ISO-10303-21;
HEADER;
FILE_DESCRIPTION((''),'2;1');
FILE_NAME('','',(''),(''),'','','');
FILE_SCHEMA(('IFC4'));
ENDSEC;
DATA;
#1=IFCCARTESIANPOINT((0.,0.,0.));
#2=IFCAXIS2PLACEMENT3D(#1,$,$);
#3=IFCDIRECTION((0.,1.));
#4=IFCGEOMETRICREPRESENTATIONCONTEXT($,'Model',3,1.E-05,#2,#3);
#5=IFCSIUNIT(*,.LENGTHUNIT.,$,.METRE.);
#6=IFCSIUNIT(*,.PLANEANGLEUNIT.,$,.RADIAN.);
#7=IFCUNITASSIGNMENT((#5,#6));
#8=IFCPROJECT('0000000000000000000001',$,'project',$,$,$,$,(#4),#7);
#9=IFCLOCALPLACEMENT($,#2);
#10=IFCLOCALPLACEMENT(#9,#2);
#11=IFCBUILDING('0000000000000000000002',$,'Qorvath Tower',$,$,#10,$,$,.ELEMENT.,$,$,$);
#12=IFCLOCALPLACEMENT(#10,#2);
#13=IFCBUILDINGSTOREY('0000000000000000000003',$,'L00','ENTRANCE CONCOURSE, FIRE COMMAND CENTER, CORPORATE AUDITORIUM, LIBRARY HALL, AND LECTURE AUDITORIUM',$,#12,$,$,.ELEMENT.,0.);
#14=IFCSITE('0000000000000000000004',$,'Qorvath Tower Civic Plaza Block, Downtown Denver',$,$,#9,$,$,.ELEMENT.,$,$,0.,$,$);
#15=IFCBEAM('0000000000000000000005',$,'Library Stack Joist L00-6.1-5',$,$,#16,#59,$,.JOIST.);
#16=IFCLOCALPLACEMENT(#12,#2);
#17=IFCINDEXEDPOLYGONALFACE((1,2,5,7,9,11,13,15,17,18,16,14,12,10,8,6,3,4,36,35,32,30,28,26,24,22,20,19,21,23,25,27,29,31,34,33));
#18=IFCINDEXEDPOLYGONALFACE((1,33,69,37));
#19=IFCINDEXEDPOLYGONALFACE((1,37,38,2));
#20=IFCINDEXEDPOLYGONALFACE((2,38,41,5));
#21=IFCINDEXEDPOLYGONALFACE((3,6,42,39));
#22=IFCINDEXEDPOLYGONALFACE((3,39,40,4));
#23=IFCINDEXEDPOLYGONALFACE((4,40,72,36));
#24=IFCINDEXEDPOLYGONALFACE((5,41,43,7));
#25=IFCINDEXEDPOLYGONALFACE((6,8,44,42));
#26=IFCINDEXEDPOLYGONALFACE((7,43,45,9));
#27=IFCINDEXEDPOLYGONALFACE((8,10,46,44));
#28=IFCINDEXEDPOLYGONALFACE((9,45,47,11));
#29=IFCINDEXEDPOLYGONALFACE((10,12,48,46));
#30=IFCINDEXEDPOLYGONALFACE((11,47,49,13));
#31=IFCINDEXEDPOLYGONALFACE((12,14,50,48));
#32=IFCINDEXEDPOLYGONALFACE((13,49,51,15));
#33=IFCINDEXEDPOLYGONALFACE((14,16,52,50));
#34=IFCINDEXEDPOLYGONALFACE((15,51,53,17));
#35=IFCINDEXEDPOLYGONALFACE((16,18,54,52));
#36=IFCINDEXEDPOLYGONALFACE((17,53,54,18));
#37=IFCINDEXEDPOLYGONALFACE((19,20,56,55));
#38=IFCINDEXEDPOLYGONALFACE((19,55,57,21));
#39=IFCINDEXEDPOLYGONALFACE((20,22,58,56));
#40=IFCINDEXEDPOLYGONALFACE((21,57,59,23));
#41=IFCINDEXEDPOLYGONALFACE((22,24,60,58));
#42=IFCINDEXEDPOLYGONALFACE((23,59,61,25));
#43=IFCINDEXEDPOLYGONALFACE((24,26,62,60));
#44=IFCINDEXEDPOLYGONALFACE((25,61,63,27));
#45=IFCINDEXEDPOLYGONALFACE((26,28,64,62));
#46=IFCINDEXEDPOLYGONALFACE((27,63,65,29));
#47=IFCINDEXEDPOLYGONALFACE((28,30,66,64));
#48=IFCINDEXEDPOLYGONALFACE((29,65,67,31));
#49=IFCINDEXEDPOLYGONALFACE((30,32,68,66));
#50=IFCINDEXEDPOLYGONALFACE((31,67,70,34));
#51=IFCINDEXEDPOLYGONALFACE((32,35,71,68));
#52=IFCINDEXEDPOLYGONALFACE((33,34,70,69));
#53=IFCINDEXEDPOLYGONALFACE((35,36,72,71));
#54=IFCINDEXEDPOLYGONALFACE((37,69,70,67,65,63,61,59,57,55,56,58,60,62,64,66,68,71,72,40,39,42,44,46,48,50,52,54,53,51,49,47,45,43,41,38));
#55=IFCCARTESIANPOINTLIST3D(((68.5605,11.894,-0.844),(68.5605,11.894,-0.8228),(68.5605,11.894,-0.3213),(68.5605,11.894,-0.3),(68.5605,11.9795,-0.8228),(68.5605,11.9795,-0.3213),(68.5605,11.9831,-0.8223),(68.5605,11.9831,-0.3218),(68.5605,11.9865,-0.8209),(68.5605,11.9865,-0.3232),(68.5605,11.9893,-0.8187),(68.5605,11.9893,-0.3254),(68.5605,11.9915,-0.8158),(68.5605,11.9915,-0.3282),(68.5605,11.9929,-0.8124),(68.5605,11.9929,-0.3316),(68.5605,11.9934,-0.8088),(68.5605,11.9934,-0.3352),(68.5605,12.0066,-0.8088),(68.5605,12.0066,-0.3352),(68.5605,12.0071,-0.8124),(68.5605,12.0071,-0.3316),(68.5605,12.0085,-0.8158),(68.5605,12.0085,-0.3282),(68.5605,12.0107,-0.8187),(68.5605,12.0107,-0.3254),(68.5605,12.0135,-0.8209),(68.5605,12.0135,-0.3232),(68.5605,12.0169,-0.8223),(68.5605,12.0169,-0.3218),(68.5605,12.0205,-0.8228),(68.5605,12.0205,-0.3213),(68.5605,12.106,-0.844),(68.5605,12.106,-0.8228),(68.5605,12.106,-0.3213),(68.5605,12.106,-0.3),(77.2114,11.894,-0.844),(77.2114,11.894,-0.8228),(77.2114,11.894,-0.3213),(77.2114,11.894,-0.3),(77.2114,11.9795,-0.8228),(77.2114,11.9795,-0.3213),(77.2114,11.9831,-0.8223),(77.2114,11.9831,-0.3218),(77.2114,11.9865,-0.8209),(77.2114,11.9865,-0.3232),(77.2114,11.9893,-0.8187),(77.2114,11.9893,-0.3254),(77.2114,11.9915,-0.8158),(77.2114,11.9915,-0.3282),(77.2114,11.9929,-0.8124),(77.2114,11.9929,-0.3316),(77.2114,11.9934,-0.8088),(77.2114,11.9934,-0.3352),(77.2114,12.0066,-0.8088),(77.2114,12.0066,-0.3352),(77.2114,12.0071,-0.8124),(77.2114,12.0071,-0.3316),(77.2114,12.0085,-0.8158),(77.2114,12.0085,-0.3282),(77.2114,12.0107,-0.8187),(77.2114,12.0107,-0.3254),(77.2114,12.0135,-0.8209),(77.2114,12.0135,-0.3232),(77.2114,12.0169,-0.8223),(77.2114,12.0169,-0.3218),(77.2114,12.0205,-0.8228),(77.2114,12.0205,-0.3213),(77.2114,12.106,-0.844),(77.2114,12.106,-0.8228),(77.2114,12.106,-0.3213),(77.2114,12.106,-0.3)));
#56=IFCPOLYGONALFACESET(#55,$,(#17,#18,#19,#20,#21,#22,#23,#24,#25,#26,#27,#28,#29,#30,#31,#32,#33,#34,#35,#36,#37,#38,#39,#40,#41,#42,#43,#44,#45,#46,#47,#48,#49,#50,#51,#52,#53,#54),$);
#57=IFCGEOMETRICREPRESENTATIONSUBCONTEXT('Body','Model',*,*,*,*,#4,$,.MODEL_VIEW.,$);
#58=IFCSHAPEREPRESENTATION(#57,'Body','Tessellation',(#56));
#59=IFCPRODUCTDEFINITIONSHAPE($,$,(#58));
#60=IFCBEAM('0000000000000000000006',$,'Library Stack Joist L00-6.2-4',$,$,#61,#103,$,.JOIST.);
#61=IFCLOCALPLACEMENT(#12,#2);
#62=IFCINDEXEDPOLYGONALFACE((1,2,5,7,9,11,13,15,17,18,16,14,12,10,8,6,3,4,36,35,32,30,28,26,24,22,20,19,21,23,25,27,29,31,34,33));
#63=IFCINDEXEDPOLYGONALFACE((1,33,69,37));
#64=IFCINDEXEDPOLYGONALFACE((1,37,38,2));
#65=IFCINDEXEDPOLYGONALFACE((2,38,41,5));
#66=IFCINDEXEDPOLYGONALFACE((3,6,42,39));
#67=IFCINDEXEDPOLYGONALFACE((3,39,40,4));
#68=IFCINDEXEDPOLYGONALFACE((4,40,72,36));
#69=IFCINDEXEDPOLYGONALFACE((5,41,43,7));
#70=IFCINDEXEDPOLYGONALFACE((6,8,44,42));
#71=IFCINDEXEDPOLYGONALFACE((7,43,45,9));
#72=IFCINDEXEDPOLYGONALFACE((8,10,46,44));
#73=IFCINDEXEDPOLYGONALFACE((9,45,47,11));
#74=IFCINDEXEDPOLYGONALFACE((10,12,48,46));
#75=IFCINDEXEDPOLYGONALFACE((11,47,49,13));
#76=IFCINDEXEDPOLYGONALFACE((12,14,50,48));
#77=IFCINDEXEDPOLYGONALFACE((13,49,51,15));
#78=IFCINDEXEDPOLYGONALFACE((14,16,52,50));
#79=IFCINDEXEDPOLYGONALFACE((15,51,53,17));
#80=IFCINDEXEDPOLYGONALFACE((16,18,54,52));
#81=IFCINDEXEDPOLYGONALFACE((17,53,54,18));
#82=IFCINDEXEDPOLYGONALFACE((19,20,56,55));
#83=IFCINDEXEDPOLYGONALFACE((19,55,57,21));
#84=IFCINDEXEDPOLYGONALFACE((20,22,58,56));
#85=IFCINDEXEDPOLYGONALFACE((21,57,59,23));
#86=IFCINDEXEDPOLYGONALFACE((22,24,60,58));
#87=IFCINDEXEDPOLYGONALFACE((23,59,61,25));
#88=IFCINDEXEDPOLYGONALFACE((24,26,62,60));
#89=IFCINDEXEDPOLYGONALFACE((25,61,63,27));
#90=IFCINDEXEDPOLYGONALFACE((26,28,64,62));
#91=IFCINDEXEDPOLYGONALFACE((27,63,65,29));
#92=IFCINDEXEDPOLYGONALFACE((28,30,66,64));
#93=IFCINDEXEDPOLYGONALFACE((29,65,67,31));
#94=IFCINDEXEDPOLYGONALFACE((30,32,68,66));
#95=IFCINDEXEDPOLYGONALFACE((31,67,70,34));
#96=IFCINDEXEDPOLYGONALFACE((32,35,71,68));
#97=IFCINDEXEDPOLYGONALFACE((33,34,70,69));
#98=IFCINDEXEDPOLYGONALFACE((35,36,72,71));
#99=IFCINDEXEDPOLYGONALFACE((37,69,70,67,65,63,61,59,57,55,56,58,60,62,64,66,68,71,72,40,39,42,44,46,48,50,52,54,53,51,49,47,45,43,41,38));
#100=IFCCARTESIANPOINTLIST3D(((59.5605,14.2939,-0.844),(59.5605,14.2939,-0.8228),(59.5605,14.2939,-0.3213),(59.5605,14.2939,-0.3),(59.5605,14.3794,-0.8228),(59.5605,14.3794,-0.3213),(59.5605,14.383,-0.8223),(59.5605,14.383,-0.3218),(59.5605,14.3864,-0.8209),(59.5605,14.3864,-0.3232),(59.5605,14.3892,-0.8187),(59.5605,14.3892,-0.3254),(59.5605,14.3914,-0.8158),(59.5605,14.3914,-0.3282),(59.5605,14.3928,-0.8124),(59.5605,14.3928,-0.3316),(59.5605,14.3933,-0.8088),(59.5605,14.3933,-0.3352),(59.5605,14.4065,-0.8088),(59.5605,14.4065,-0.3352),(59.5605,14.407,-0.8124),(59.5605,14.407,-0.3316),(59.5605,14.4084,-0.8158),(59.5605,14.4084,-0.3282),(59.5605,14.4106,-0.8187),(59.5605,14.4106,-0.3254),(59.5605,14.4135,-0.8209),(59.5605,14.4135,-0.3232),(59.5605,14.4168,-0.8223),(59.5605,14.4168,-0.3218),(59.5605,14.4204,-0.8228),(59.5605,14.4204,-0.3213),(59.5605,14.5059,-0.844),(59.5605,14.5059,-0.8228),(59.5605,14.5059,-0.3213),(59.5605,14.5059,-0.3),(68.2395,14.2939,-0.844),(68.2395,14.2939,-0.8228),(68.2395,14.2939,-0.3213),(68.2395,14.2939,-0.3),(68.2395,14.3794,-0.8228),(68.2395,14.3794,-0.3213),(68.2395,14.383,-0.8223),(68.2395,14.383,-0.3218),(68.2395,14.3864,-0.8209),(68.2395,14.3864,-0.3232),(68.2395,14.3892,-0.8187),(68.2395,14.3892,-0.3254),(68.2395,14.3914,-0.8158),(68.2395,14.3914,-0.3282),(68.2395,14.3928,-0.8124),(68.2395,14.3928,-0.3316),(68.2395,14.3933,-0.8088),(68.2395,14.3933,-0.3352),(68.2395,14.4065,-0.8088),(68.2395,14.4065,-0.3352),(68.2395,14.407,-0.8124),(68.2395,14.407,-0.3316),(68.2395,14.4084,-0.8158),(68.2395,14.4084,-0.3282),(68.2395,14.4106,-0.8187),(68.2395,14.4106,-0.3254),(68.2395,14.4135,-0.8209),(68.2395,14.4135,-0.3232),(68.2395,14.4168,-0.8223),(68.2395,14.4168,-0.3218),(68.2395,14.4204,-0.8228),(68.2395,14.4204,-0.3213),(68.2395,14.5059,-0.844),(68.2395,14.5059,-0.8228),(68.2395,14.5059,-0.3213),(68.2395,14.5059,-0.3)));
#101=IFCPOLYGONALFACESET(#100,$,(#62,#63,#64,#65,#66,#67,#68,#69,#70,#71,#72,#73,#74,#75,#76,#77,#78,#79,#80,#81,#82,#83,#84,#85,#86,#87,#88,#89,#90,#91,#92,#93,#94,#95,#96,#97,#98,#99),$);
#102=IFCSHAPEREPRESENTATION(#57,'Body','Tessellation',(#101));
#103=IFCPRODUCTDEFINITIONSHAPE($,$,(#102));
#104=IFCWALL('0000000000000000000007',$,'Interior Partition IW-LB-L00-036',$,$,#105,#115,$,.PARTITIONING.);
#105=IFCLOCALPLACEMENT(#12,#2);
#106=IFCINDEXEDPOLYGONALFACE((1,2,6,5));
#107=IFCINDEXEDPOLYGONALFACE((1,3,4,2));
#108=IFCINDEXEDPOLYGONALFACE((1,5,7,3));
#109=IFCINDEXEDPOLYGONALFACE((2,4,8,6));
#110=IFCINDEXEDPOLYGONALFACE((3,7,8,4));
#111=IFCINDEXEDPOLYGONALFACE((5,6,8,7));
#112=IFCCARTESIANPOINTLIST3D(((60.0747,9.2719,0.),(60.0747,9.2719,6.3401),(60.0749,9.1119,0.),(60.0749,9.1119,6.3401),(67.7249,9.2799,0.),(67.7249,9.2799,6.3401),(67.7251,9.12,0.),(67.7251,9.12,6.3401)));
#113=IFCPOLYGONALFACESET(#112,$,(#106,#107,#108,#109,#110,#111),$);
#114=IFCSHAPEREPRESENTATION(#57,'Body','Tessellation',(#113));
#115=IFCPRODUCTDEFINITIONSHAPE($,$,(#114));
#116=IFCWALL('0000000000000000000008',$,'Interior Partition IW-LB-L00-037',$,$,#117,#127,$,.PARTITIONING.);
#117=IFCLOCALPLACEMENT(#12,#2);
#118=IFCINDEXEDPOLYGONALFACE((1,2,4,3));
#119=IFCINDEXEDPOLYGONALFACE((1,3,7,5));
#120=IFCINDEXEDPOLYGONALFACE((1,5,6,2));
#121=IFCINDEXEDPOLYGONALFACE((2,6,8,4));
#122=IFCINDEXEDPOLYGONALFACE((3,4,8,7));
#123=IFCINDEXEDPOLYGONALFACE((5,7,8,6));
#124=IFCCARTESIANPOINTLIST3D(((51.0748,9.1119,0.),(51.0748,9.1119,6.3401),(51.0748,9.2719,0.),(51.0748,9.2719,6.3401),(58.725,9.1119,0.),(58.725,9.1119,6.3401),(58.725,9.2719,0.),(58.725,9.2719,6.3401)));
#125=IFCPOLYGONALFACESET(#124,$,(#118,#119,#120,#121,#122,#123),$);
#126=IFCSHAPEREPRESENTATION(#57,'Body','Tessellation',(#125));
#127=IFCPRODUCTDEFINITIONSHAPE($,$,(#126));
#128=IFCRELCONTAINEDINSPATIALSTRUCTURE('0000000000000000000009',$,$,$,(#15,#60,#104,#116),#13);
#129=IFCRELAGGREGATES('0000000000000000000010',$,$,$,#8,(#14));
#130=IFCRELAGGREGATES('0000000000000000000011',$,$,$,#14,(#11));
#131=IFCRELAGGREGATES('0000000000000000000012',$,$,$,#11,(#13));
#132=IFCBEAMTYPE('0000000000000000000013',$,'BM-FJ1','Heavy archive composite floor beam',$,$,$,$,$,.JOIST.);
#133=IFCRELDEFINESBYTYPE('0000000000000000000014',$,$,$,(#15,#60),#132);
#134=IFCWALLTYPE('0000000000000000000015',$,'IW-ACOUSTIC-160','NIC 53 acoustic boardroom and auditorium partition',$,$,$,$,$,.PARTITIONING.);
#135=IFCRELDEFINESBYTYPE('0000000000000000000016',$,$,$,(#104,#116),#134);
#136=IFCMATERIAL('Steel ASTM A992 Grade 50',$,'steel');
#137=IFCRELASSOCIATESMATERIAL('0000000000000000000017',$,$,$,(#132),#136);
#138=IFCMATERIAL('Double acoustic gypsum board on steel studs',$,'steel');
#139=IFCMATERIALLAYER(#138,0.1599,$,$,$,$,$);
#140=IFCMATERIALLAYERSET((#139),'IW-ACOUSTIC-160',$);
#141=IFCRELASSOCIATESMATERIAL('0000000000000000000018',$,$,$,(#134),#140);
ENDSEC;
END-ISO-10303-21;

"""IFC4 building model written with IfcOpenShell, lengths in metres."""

from ifc_helpers import new_model, si_unit, direction, frame, frame_2d, origin, origin_2d, place, context, subcontext, project, spatial, rectangle, i_section, extrude, material, layer, layer_set, material_profile, profile_set, type_object, element, save


model = new_model("IFC4")

# Units and contexts
model_context = context("Model", 3, precision=1e-05, world=origin(), true_north=direction((0.0, 1.0)))
body_context = subcontext(model_context, "Body", "Model", "MODEL_VIEW")
ifc_project = project(units=[si_unit("LENGTHUNIT", "METRE"), si_unit("PLANEANGLEUNIT", "RADIAN")], contexts=[model_context])

# Site, building, storey
site_placement = place(None, origin())
site = spatial("IfcSite", under=ifc_project, at=site_placement, Name="Qorvath Tower Civic Plaza Block, Downtown Denver", CompositionType="ELEMENT", RefElevation=0.0)
building_placement = place(site_placement, origin())
building = spatial("IfcBuilding", under=site, at=building_placement, Name="Qorvath Tower", CompositionType="ELEMENT")
storey_placement = place(building_placement, origin())
storey = spatial("IfcBuildingStorey", under=building, at=storey_placement, Name="L00", Description="ENTRANCE CONCOURSE, FIRE COMMAND CENTER, CORPORATE AUDITORIUM, LIBRARY HALL, AND LECTURE AUDITORIUM", CompositionType="ELEMENT", Elevation=0.0)

# Beams
ifc_material_1 = material(Name="Steel ASTM A992 Grade 50", Category="steel")
ifc_material_profile_1 = material_profile(ifc_material_1, i_section(OverallWidth=0.2119, OverallDepth=0.5439, WebThickness=0.0132, FlangeThickness=0.0212, FilletRadius=0.0139, at=origin_2d()), Name="W21x83")
ifc_profile_set_1 = profile_set([ifc_material_profile_1], Name="Steel ASTM A992 Grade 50")
beam_type_1 = type_object("IfcBeamType", Name="BM-FJ1", Description="Heavy archive composite floor beam", PredefinedType="JOIST", material=ifc_profile_set_1)
beam_1_placement = place(storey_placement, frame((68.5605, 12.0, -0.572), z_axis=(1.0, 0.0, 0.0), x_axis=(0.0, 1.0, 0.0)))
element("IfcBeam", 1, at=beam_1_placement, inside=storey, type_object=beam_type_1, Name="Library Stack Joist L00-6.1-5", PredefinedType="JOIST", context=body_context, shape_type="SweptSolid", body=[
    extrude(i_section(OverallWidth=0.2119, OverallDepth=0.5439, WebThickness=0.0132, FlangeThickness=0.0212, FilletRadius=0.0139, at=origin_2d()), origin(), (0.0, 0.0, 1.0), 8.6509),
])
beam_2_placement = place(storey_placement, frame((59.5605, 14.3999, -0.572), z_axis=(1.0, 0.0, 0.0), x_axis=(0.0, 1.0, 0.0)))
element("IfcBeam", 2, at=beam_2_placement, inside=storey, type_object=beam_type_1, Name="Library Stack Joist L00-6.2-4", PredefinedType="JOIST", context=body_context, shape_type="SweptSolid", body=[
    extrude(i_section(OverallWidth=0.2119, OverallDepth=0.5439, WebThickness=0.0132, FlangeThickness=0.0212, FilletRadius=0.0139, at=origin_2d()), origin(), (0.0, 0.0, 1.0), 8.679),
])

# Walls
ifc_material_2 = material(Name="Double acoustic gypsum board on steel studs", Category="steel")
ifc_layer = layer(ifc_material_2, 0.1599)
ifc_layer_set = layer_set([ifc_layer], Name="IW-ACOUSTIC-160")
wall_type = type_object("IfcWallType", Name="IW-ACOUSTIC-160", Description="NIC 53 acoustic boardroom and auditorium partition", PredefinedType="PARTITIONING", material=ifc_layer_set)
for number, where, z_axis, x_axis, name in (
    (3, (67.7251, 9.2, 0.0), (0.0, 0.0, 1.0), (-0.999999, -0.001053, 0.0), "Interior Partition IW-LB-L00-036"),
    (4, (58.7251, 9.1919, 0.0), (0.0, 0.0, 1.0), (-1.0, 0.0, 0.0), "Interior Partition IW-LB-L00-037"),
):
    element("IfcWall", number, at=place(storey_placement, frame(where, z_axis=z_axis, x_axis=x_axis)), inside=storey, type_object=wall_type, Name=name, PredefinedType="PARTITIONING", context=body_context, shape_type="SweptSolid", body=[
        extrude(rectangle(XDim=7.6501, YDim=0.1599, at=frame_2d((3.8252, 0.0))), origin(), (0.0, 0.0, 1.0), 6.3401),
    ])

save(model, "model.ifc")
